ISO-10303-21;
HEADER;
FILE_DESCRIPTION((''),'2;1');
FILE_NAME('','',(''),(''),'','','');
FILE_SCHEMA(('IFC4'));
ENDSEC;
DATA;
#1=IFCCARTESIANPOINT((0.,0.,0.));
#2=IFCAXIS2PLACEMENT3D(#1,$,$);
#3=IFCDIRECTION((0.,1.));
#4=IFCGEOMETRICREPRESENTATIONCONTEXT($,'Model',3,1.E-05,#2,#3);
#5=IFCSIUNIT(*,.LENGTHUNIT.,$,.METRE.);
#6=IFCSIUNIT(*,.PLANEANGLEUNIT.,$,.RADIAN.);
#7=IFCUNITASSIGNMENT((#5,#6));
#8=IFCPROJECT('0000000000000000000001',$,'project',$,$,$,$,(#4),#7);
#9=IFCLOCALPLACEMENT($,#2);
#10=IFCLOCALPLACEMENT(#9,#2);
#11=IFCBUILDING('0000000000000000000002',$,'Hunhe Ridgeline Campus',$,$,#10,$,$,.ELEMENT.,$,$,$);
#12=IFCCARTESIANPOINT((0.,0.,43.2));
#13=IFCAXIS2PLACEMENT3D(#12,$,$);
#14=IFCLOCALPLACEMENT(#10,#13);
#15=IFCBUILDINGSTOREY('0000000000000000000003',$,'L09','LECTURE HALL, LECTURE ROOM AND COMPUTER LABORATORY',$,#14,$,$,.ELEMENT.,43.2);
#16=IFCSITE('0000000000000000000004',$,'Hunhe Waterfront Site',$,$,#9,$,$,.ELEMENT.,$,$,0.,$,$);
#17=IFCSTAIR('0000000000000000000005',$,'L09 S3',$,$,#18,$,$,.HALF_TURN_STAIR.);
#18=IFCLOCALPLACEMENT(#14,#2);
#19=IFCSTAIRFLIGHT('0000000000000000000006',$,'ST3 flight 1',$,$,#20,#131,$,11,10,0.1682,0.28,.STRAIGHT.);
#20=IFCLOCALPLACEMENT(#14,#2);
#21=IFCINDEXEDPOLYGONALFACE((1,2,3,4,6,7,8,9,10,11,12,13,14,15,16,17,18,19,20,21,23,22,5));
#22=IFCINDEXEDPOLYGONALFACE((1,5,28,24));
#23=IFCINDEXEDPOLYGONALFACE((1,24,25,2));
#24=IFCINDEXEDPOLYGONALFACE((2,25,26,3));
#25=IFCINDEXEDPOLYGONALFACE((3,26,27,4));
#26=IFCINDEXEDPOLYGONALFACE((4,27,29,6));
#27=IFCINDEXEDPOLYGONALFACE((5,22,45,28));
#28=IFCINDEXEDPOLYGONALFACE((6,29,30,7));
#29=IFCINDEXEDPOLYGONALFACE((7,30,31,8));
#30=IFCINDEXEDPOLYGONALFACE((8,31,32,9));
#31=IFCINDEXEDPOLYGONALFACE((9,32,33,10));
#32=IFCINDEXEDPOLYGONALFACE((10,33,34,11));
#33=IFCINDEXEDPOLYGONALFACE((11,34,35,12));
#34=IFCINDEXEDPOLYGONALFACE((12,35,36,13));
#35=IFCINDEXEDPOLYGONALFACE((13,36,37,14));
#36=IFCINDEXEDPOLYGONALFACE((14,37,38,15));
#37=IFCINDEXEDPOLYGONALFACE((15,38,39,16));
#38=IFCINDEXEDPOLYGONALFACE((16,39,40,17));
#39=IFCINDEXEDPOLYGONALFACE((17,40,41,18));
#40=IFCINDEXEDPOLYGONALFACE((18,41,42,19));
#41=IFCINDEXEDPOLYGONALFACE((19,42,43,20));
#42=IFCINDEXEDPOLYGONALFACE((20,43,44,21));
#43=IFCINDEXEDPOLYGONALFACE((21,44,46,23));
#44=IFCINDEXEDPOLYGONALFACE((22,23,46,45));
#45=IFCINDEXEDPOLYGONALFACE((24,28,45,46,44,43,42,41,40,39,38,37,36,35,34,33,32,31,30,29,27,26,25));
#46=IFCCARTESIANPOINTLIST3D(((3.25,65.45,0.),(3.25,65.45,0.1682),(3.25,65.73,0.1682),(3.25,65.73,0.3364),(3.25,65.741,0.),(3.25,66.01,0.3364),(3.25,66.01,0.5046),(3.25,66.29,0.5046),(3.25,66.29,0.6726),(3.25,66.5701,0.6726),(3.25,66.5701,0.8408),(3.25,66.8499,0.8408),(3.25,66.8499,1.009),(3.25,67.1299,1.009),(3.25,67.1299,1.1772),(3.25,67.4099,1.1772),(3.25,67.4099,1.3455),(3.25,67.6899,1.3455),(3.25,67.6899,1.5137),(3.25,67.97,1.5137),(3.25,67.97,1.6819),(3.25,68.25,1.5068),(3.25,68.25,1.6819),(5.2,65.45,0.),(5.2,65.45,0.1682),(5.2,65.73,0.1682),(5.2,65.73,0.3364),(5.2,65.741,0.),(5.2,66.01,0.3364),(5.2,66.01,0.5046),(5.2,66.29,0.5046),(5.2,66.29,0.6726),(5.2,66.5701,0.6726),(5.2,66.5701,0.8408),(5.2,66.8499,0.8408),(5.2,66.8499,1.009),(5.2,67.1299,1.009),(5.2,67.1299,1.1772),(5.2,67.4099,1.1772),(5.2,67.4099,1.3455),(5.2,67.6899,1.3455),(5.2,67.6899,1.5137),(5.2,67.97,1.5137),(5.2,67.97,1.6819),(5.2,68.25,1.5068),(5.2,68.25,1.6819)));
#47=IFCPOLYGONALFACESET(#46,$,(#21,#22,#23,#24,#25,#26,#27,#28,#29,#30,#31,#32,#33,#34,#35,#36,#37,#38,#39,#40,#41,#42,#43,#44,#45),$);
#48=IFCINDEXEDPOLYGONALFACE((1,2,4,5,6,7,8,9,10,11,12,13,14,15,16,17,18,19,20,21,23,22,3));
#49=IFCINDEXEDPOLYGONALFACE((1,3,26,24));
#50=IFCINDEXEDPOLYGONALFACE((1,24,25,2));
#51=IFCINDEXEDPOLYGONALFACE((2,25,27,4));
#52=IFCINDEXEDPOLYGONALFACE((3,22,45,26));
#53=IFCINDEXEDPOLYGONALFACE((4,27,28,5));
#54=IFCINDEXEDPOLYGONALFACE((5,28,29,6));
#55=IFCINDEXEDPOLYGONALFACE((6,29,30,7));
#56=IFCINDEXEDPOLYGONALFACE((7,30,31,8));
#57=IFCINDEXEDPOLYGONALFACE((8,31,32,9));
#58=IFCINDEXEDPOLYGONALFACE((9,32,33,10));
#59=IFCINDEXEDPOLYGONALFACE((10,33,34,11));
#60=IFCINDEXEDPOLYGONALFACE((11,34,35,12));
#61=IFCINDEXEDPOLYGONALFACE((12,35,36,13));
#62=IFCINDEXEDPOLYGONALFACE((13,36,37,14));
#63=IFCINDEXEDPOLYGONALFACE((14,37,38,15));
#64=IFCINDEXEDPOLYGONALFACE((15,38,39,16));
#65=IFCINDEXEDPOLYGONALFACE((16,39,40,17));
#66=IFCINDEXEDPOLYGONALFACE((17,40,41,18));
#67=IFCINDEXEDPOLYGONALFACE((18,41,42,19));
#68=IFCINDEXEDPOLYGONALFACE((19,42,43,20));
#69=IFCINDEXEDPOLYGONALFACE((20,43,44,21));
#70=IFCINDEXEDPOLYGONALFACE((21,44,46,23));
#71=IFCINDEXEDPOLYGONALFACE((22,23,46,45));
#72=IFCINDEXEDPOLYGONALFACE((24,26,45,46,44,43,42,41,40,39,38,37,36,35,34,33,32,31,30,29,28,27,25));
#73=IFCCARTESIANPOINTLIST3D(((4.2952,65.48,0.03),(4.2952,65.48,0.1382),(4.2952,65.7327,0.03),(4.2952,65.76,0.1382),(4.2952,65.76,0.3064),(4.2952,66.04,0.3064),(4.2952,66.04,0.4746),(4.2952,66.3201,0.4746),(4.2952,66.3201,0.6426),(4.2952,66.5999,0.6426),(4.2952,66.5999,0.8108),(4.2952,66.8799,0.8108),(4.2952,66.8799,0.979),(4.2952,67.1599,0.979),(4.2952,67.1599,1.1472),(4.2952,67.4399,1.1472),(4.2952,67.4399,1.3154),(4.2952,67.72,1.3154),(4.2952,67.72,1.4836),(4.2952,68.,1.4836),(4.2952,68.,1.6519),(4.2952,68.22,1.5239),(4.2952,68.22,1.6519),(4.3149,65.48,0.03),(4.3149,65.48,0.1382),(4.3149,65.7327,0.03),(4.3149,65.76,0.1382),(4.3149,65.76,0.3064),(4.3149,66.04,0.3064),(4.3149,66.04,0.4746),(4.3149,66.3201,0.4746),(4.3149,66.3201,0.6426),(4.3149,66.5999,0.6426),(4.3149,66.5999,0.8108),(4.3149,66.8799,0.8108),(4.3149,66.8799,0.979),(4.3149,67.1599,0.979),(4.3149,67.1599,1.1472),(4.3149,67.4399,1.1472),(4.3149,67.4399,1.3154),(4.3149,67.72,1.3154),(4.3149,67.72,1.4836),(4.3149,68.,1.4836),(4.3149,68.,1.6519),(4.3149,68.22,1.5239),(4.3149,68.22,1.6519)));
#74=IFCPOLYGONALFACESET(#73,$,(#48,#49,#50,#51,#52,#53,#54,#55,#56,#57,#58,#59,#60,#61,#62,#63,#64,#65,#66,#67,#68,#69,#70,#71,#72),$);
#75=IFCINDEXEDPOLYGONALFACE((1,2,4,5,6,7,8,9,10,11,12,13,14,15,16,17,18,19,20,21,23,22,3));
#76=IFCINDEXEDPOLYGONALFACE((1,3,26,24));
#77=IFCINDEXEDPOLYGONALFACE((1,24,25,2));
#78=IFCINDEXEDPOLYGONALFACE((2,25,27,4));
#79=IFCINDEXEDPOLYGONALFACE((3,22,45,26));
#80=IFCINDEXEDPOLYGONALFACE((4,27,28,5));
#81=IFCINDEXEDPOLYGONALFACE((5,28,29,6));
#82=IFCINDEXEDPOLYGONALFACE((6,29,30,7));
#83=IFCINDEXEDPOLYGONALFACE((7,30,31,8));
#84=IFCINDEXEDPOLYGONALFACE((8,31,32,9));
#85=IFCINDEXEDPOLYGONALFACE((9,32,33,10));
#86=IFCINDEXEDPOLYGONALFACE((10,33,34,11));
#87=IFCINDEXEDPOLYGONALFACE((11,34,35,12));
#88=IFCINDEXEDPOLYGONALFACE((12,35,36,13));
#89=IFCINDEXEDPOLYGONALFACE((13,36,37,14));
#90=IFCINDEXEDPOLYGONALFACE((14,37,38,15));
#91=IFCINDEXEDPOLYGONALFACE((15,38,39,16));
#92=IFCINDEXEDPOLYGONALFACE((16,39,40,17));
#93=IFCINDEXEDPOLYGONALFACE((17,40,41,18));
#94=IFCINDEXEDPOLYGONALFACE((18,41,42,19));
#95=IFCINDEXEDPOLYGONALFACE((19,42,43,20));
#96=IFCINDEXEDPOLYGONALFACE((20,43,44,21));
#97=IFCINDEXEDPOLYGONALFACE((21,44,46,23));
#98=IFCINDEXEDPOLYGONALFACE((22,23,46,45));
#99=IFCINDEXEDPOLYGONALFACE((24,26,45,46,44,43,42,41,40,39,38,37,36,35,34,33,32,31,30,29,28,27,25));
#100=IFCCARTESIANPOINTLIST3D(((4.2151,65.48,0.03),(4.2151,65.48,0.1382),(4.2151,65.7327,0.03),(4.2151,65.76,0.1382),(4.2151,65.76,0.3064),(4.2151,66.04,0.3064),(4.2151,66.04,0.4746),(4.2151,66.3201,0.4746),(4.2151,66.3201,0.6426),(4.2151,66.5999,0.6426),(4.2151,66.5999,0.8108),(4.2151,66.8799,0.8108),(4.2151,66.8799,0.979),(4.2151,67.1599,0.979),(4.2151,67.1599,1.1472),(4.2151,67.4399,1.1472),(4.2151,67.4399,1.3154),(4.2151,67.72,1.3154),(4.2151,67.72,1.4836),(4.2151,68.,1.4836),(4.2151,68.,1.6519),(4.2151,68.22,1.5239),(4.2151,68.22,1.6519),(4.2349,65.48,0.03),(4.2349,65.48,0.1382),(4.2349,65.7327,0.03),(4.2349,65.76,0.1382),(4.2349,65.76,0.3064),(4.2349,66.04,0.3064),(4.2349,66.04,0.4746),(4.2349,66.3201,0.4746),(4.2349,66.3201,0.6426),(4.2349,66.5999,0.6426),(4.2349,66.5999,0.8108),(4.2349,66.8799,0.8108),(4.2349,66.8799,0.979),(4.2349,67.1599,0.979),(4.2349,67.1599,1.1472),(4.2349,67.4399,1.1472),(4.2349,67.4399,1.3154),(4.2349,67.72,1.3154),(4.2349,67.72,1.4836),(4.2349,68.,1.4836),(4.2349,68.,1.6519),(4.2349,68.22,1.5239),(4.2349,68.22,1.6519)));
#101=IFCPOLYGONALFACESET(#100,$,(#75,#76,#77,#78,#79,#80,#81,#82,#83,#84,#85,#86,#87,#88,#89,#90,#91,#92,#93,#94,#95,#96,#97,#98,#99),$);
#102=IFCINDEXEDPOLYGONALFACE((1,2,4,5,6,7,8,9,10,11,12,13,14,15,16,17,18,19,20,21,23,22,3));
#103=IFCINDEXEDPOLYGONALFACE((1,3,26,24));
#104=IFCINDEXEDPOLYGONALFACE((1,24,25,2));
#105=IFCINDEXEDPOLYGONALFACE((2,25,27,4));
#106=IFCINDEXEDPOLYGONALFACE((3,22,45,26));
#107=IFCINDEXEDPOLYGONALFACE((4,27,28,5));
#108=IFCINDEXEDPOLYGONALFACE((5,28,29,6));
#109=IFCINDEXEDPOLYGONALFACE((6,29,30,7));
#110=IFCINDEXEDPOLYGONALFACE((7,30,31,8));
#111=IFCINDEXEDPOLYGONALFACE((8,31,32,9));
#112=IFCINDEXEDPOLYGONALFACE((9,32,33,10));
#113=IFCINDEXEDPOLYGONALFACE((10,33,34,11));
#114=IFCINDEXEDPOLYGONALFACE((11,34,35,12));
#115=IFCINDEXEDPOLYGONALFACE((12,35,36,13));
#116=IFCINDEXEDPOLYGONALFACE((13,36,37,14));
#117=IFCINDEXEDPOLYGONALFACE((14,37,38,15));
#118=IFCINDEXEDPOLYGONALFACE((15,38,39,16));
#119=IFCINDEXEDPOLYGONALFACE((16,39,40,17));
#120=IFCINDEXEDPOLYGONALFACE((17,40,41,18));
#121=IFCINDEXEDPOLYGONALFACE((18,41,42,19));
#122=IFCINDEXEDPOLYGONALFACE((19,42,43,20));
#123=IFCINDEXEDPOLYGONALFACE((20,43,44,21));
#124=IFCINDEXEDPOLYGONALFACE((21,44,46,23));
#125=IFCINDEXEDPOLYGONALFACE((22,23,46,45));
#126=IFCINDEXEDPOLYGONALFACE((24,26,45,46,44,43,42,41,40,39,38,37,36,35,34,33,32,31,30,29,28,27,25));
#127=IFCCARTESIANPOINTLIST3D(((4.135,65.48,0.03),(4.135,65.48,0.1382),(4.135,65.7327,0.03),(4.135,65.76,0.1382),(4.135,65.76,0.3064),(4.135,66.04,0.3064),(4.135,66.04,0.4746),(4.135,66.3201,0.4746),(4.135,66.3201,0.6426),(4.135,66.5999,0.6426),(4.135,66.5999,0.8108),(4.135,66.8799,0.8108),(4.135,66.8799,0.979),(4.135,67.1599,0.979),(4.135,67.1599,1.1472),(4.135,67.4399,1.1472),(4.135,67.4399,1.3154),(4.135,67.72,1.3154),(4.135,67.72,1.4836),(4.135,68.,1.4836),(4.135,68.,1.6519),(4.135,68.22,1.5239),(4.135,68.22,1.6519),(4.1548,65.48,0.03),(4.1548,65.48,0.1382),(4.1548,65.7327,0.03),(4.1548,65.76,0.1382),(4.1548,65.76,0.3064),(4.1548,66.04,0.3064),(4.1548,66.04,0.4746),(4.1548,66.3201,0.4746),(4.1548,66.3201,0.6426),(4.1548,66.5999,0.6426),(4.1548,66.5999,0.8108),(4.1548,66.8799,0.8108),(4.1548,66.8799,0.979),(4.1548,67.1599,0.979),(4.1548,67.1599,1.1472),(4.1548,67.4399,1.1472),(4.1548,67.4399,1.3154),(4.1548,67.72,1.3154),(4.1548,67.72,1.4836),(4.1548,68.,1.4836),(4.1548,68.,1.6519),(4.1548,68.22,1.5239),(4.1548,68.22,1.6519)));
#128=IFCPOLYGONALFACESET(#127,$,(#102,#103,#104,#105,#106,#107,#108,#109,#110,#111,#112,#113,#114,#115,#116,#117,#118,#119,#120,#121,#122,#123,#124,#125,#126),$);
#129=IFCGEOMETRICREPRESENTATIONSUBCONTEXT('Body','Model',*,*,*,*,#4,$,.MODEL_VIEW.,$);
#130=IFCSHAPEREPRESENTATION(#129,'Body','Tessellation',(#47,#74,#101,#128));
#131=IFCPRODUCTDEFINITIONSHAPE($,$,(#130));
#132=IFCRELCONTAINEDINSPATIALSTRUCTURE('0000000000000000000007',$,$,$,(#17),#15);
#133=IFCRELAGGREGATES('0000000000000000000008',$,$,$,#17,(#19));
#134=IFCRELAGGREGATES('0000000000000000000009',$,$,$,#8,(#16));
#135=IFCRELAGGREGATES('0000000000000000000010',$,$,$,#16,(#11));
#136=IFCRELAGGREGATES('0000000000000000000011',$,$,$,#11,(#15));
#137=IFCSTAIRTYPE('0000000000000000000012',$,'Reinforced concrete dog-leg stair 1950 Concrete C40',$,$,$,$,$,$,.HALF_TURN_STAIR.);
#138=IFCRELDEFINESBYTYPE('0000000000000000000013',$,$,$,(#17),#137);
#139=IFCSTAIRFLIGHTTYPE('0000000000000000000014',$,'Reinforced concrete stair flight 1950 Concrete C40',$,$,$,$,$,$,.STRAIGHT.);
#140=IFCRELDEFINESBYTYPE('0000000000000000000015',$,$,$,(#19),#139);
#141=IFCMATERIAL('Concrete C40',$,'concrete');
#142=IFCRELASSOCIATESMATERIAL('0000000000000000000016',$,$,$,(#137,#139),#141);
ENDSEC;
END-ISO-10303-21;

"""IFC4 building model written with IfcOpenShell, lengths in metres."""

from ifc_helpers import new_model, si_unit, direction, frame, origin, place, context, subcontext, project, spatial, polyline, outline, extrude, material, type_object, element, aggregate, save


model = new_model("IFC4")

# Units and contexts
model_context = context("Model", 3, precision=1e-05, world=origin(), true_north=direction((0.0, 1.0)))
body_context = subcontext(model_context, "Body", "Model", "MODEL_VIEW")
ifc_project = project(units=[si_unit("LENGTHUNIT", "METRE"), si_unit("PLANEANGLEUNIT", "RADIAN")], contexts=[model_context])

# Site, building, storey
site_placement = place(None, origin())
site = spatial("IfcSite", under=ifc_project, at=site_placement, Name="Hunhe Waterfront Site", CompositionType="ELEMENT", RefElevation=0.0)
building_placement = place(site_placement, origin())
building = spatial("IfcBuilding", under=site, at=building_placement, Name="Hunhe Ridgeline Campus", CompositionType="ELEMENT")
storey_placement = place(building_placement, frame((0.0, 0.0, 43.2)))
storey = spatial("IfcBuildingStorey", under=building, at=storey_placement, Name="L09", Description="LECTURE HALL, LECTURE ROOM AND COMPUTER LABORATORY", CompositionType="ELEMENT", Elevation=43.2)

# Stair, stair flight
ifc_material_1 = material(Name="Concrete C40", Category="concrete")
stair_type = type_object("IfcStairType", Name="Reinforced concrete dog-leg stair 1950 Concrete C40", PredefinedType="HALF_TURN_STAIR", material=ifc_material_1)
stair_1_placement = place(storey_placement, origin())
stair_1 = element("IfcStair", 1, at=stair_1_placement, inside=storey, type_object=stair_type, Name="L09 S3", PredefinedType="HALF_TURN_STAIR")
stair_flight_type = type_object("IfcStairFlightType", Name="Reinforced concrete stair flight 1950 Concrete C40", PredefinedType="STRAIGHT", material=ifc_material_1)
stair_flight_1_placement = place(storey_placement, frame((4.2251, 65.45, 0.0), z_axis=(0.0, 0.0, 1.0), x_axis=(0.0, 1.0, 0.0)))
stair_flight_1 = element("IfcStairFlight", 2, at=stair_flight_1_placement, type_object=stair_flight_type, Name="ST3 flight 1", NumberOfRisers=11, NumberOfTreads=10, PredefinedType="STRAIGHT", RiserHeight=0.1682, TreadLength=0.28, context=body_context, shape_type="SweptSolid", body=[
    extrude(outline(polyline([(0.0, 0.0), (0.0, 0.1682), (0.28, 0.1682), (0.28, 0.3364), (0.5601, 0.3364), (0.5601, 0.5046), (0.8401, 0.5046), (0.8401, 0.6726), (1.1201, 0.6726), (1.1201, 0.8408), (1.3999, 0.8408), (1.3999, 1.009), (1.6799, 1.009), (1.6799, 1.1772), (1.96, 1.1772), (1.96, 1.3455), (2.24, 1.3455), (2.24, 1.5137), (2.52, 1.5137), (2.52, 1.6819), (2.8, 1.6819), (2.8, 1.8501), (2.8, 1.5068), (0.291, 0.0), (0.0, 0.0)])), frame((0.0, 0.9751, 0.0), z_axis=(0.0, -1.0, 0.0), x_axis=(1.0, 0.0, 0.0)), (0.0, 0.0, 1.0), 1.95),
    extrude(outline(polyline([(0.03, 0.03), (0.03, 0.1382), (0.3101, 0.1382), (0.3101, 0.3064), (0.5901, 0.3064), (0.5901, 0.4746), (0.8701, 0.4746), (0.8701, 0.6426), (1.1499, 0.6426), (1.1499, 0.8108), (1.4299, 0.8108), (1.4299, 0.979), (1.71, 0.979), (1.71, 1.1472), (1.99, 1.1472), (1.99, 1.3154), (2.27, 1.3154), (2.27, 1.4836), (2.55, 1.4836), (2.55, 1.6519), (2.77, 1.6519), (2.77, 1.5239), (0.2827, 0.03), (0.03, 0.03)])), frame((0.0, -0.0701, 0.0), z_axis=(0.0, -1.0, 0.0), x_axis=(1.0, 0.0, 0.0)), (0.0, 0.0, 1.0), 0.0198),
    extrude(outline(polyline([(0.03, 0.03), (0.03, 0.1382), (0.3101, 0.1382), (0.3101, 0.3064), (0.5901, 0.3064), (0.5901, 0.4746), (0.8701, 0.4746), (0.8701, 0.6426), (1.1499, 0.6426), (1.1499, 0.8108), (1.4299, 0.8108), (1.4299, 0.979), (1.71, 0.979), (1.71, 1.1472), (1.99, 1.1472), (1.99, 1.3154), (2.27, 1.3154), (2.27, 1.4836), (2.55, 1.4836), (2.55, 1.6519), (2.77, 1.6519), (2.77, 1.5239), (0.2827, 0.03), (0.03, 0.03)])), frame((0.0, 0.01, 0.0), z_axis=(0.0, -1.0, 0.0), x_axis=(1.0, 0.0, 0.0)), (0.0, 0.0, 1.0), 0.0198),
    extrude(outline(polyline([(0.03, 0.03), (0.03, 0.1382), (0.3101, 0.1382), (0.3101, 0.3064), (0.5901, 0.3064), (0.5901, 0.4746), (0.8701, 0.4746), (0.8701, 0.6426), (1.1499, 0.6426), (1.1499, 0.8108), (1.4299, 0.8108), (1.4299, 0.979), (1.71, 0.979), (1.71, 1.1472), (1.99, 1.1472), (1.99, 1.3154), (2.27, 1.3154), (2.27, 1.4836), (2.55, 1.4836), (2.55, 1.6519), (2.77, 1.6519), (2.77, 1.5239), (0.2827, 0.03), (0.03, 0.03)])), frame((0.0, 0.0901, 0.0), z_axis=(0.0, -1.0, 0.0), x_axis=(1.0, 0.0, 0.0)), (0.0, 0.0, 1.0), 0.0198),
])
aggregate(stair_1, [stair_flight_1])

save(model, "model.ifc")
